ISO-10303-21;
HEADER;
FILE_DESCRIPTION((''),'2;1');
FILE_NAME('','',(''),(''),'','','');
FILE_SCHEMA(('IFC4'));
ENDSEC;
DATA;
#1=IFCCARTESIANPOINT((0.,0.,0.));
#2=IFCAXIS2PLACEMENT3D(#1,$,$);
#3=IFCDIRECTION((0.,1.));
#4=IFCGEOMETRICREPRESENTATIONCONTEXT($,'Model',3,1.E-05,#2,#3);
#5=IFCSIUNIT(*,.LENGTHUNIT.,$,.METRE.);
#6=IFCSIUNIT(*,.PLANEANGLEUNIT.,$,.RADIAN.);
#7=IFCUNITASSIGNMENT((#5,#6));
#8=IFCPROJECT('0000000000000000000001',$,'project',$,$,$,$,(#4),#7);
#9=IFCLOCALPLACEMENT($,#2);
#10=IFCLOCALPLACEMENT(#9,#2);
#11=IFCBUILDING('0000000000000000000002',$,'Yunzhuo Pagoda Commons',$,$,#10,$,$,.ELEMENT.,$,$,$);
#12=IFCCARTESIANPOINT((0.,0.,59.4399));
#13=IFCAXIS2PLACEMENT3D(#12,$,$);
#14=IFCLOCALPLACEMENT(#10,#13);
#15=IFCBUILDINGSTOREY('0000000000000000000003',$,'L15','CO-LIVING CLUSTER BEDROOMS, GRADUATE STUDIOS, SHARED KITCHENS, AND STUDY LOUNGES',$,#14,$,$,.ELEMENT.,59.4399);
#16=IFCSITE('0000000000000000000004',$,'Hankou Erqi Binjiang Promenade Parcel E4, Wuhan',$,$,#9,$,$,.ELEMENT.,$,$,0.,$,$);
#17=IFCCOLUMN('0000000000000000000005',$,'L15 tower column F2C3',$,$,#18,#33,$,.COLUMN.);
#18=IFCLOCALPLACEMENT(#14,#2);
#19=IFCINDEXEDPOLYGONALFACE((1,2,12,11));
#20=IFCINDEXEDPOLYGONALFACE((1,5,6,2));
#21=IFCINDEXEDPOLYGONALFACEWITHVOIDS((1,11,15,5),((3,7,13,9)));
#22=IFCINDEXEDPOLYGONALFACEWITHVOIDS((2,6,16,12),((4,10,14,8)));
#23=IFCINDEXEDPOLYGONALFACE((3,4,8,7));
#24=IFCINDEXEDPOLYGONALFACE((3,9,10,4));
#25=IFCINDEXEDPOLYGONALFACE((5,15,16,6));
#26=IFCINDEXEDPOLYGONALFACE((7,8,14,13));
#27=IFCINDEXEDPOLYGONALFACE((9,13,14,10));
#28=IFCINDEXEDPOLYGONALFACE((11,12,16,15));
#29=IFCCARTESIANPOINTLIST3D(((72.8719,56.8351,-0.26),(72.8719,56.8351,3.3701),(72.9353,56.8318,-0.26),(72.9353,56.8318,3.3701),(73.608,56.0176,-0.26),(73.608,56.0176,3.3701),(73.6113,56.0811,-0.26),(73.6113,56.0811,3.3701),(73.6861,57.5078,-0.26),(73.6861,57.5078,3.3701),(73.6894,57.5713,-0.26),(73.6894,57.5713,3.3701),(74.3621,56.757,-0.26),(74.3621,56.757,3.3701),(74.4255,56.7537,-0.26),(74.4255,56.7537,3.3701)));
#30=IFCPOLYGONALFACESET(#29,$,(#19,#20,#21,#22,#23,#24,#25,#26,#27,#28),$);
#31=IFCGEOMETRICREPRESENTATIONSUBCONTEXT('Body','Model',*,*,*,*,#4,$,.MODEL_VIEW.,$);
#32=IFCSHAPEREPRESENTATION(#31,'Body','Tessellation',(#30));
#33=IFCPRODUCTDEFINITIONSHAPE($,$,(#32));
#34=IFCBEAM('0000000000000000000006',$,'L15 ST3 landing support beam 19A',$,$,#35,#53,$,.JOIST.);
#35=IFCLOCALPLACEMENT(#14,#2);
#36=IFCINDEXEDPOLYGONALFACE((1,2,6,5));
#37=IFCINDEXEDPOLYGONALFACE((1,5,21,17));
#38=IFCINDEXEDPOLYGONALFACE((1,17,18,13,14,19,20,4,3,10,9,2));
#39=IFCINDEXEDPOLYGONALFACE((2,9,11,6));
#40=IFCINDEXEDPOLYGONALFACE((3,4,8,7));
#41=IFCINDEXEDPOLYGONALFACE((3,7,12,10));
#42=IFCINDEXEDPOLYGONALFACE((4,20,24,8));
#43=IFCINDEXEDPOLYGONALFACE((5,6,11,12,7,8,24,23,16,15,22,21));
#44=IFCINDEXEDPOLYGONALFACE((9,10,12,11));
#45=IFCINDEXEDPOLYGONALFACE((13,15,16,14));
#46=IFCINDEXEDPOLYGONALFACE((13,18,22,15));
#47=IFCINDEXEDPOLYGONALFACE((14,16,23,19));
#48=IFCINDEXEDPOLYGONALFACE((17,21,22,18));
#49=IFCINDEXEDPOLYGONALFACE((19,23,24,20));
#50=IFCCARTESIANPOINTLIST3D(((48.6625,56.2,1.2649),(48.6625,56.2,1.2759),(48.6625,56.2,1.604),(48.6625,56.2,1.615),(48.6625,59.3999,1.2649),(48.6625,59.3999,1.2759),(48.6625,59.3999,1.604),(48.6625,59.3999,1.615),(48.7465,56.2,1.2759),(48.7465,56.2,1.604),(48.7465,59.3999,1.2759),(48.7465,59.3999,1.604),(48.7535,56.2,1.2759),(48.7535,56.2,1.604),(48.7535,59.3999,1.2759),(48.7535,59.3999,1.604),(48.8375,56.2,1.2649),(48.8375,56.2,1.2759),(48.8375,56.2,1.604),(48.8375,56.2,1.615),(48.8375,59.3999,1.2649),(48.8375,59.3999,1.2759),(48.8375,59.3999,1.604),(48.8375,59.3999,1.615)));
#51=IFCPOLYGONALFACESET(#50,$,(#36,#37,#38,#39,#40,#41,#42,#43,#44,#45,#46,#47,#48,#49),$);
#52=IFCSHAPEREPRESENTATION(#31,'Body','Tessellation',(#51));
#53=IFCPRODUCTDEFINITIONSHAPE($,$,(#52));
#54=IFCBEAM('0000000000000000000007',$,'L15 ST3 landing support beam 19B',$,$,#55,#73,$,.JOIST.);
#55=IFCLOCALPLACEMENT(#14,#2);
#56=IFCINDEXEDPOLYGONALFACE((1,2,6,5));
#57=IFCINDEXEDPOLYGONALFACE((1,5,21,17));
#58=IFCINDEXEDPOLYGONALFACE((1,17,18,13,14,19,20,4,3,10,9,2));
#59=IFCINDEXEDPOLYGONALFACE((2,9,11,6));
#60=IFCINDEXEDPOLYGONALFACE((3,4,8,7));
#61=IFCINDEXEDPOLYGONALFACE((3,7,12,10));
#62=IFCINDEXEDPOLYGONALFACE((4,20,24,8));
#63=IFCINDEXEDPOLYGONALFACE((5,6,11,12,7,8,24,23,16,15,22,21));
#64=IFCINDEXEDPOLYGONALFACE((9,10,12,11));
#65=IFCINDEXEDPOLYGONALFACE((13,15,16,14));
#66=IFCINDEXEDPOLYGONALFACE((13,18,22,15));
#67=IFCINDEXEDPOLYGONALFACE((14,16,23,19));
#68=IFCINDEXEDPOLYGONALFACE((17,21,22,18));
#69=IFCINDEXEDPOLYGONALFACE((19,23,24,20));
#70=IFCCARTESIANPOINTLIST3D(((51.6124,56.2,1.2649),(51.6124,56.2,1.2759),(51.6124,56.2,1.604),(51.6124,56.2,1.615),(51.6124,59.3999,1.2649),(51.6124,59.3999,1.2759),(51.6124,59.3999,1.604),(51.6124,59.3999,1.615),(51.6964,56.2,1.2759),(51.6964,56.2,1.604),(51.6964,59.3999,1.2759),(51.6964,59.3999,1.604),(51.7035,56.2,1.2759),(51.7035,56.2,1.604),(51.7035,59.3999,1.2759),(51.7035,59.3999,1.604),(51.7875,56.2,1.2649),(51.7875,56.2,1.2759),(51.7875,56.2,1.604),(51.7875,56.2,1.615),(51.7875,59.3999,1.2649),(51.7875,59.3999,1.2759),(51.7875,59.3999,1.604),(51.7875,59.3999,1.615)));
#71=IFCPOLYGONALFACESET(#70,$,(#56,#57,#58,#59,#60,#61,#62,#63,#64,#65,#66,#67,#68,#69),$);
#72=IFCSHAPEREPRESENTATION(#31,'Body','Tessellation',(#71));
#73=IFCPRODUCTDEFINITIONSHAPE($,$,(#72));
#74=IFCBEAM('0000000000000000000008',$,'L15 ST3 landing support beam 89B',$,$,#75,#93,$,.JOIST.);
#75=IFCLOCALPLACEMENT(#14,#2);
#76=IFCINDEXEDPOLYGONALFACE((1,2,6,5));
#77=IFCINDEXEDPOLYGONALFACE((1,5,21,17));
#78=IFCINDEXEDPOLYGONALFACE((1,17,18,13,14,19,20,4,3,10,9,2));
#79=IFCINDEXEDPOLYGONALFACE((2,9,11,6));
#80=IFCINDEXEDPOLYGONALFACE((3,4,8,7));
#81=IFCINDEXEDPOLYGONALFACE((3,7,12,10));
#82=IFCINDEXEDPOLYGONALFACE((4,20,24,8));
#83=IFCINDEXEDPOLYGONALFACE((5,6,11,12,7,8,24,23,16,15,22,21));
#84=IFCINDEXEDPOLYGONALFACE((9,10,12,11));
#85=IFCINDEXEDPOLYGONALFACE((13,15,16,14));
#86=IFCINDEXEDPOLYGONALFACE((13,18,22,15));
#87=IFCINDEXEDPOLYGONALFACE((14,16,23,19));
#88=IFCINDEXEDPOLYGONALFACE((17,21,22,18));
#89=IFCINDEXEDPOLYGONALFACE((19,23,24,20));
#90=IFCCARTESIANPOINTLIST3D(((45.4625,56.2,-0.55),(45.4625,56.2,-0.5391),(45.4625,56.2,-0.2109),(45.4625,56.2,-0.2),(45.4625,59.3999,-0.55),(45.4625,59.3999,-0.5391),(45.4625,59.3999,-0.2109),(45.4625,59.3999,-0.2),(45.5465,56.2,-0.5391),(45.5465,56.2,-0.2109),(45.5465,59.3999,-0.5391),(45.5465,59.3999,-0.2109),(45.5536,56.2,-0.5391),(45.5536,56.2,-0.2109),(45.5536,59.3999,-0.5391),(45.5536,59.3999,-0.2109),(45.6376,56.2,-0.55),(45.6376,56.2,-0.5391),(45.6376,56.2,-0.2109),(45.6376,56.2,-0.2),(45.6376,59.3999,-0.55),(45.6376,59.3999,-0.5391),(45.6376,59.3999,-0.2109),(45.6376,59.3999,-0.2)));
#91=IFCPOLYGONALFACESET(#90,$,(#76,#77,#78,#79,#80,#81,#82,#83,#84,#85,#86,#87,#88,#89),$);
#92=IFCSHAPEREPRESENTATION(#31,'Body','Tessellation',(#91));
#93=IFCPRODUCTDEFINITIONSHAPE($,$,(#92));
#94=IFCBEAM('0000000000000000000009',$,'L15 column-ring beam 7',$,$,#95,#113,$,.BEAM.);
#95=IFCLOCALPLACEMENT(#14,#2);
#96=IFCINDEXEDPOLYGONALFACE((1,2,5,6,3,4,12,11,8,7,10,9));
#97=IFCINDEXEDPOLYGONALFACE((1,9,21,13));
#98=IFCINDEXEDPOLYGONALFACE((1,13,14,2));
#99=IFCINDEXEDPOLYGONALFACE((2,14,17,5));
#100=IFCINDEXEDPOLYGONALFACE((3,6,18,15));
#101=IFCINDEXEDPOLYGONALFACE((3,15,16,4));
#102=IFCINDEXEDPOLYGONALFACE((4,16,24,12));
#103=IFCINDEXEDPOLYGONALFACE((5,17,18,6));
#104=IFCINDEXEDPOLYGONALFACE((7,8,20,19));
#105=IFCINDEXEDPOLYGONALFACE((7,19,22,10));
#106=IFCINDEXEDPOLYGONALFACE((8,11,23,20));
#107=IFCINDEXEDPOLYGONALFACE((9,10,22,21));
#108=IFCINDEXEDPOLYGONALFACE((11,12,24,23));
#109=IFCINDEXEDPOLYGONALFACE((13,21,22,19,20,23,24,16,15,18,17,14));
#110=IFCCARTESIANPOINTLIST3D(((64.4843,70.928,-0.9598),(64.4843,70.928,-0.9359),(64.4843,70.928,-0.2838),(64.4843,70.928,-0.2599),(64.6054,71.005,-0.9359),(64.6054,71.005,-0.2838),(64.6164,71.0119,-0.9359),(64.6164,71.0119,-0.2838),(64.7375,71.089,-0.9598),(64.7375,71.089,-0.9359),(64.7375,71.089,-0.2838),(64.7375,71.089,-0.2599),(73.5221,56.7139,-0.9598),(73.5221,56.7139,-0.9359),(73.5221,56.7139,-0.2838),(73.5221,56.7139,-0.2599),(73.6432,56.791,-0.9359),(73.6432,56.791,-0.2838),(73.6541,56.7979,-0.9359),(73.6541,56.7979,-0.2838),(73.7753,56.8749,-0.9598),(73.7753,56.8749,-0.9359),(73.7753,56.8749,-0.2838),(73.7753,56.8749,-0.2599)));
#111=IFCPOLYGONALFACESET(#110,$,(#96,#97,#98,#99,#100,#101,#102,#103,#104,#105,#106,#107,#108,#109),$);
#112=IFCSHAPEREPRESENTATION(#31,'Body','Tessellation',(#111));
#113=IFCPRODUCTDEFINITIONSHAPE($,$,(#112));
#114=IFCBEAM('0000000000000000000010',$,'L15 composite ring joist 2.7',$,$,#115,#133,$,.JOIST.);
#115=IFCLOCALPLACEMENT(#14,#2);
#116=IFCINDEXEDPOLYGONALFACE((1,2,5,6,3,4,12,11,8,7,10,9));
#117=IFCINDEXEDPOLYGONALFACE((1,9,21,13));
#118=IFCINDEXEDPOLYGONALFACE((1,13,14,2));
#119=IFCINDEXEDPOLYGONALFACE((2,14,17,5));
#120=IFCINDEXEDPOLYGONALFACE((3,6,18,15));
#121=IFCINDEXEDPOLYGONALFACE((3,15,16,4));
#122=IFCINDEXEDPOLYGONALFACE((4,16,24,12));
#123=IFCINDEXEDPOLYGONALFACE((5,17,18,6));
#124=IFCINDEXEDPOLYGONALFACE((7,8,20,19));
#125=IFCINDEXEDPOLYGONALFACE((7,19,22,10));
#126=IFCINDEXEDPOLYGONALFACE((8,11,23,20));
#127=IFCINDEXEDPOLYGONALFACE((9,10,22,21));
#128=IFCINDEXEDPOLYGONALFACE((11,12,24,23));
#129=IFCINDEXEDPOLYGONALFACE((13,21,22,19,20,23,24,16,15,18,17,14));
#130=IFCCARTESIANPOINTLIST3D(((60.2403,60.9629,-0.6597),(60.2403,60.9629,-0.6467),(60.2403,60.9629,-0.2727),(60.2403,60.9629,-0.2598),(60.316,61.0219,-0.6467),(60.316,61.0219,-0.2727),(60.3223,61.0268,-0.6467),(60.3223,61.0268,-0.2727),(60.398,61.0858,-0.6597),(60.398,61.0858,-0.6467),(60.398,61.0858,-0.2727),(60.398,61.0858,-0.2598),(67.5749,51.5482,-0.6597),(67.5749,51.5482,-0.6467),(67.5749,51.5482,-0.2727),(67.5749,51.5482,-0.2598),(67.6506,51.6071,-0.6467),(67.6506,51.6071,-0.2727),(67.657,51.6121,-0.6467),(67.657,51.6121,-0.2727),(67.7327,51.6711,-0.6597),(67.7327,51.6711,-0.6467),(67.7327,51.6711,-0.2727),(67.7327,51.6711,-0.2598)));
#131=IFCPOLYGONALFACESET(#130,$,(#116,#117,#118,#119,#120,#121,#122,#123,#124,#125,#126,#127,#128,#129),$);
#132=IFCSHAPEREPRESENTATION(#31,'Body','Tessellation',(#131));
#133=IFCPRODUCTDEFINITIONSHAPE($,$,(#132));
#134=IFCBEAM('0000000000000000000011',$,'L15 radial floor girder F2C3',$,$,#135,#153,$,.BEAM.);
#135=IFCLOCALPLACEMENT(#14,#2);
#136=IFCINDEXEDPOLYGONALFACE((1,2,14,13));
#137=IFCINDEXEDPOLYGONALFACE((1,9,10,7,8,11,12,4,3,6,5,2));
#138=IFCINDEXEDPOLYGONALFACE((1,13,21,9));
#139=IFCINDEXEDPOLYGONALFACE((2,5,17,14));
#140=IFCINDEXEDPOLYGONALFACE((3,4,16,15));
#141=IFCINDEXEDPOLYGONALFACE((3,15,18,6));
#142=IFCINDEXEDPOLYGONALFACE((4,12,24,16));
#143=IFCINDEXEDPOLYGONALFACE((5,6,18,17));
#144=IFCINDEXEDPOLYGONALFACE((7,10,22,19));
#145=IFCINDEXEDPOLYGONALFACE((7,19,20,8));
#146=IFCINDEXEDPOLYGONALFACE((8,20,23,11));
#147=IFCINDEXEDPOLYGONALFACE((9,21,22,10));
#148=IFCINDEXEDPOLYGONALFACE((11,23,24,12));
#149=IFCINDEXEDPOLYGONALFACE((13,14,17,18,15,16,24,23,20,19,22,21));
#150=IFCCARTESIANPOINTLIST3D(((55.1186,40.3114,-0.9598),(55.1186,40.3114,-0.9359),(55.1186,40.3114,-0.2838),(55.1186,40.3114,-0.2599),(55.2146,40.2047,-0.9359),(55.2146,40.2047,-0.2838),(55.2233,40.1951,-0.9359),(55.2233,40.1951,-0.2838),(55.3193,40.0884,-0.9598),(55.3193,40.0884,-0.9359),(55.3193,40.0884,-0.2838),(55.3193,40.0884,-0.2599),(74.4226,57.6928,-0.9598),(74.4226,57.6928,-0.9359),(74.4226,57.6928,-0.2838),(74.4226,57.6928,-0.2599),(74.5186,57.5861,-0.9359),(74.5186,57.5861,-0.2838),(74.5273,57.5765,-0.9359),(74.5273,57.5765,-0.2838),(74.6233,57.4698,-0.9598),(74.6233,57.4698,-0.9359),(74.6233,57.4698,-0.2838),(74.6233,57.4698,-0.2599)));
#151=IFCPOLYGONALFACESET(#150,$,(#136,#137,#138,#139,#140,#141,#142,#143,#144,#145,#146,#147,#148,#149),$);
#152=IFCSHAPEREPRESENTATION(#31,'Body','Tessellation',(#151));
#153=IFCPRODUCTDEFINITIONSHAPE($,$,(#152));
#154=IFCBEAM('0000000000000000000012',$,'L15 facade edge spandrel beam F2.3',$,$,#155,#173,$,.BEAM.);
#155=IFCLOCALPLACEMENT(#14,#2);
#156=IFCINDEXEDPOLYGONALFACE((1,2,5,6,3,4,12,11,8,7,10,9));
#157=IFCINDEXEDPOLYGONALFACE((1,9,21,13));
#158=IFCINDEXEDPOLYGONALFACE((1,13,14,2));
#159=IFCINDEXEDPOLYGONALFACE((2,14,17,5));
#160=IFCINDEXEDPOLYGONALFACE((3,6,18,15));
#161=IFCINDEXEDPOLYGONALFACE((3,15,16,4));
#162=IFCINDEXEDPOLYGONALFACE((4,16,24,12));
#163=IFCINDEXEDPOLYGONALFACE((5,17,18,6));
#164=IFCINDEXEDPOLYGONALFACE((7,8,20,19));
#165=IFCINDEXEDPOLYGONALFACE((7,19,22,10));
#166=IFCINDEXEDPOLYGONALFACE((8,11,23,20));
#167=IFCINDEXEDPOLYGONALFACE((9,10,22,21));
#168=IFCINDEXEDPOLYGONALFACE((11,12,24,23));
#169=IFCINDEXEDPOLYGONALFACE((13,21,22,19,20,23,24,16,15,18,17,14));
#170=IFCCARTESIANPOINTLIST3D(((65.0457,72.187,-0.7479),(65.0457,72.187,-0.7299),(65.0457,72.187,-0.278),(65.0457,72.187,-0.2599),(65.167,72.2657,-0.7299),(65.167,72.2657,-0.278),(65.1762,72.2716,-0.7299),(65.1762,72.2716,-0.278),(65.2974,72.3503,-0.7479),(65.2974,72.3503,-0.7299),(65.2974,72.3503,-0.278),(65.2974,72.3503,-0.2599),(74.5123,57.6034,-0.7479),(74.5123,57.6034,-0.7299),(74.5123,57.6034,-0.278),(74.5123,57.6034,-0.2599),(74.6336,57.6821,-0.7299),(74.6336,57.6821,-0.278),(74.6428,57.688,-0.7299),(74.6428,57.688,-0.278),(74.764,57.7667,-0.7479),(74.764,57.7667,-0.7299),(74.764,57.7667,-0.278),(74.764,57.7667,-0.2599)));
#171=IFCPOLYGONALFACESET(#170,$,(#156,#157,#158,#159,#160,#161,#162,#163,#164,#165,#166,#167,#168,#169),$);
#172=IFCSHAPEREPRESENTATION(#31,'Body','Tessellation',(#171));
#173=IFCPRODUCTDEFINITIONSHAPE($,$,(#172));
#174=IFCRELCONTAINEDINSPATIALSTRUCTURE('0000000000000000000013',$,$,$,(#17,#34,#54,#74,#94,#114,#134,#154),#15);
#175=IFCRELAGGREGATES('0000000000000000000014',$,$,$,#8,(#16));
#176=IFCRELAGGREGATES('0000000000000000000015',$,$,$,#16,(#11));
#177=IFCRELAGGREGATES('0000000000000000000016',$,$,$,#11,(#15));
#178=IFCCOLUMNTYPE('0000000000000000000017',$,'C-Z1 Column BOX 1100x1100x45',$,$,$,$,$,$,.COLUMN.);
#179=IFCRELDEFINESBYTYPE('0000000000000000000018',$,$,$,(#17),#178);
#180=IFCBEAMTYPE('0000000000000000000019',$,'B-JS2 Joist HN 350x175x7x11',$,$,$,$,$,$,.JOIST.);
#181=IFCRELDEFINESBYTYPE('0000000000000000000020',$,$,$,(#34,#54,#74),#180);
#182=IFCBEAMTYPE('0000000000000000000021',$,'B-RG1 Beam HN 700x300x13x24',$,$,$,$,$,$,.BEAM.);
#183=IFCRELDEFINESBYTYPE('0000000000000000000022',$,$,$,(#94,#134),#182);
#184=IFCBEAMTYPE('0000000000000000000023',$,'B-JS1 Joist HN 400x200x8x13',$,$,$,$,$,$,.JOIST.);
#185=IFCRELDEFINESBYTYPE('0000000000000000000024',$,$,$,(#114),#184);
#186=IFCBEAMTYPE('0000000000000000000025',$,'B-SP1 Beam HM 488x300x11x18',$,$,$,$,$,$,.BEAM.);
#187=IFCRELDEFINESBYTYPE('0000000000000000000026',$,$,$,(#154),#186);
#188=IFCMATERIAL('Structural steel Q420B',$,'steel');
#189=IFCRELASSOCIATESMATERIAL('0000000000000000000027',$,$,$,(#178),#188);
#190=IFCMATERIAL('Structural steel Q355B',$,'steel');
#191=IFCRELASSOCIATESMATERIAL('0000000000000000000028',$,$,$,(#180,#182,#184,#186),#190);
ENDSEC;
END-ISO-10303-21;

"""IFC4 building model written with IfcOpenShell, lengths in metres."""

from ifc_helpers import new_model, si_unit, direction, frame, origin, origin_2d, place, context, subcontext, project, spatial, hollow_rectangle, i_section, extrude, source, transform, mapped, material, material_profile, profile_set, type_object, element, save


model = new_model("IFC4")

# Units and contexts
model_context = context("Model", 3, precision=1e-05, world=origin(), true_north=direction((0.0, 1.0)))
body_context = subcontext(model_context, "Body", "Model", "MODEL_VIEW")
ifc_project = project(units=[si_unit("LENGTHUNIT", "METRE"), si_unit("PLANEANGLEUNIT", "RADIAN")], contexts=[model_context])

# Site, building, storey
site_placement = place(None, origin())
site = spatial("IfcSite", under=ifc_project, at=site_placement, Name="Hankou Erqi Binjiang Promenade Parcel E4, Wuhan", CompositionType="ELEMENT", RefElevation=0.0)
building_placement = place(site_placement, origin())
building = spatial("IfcBuilding", under=site, at=building_placement, Name="Yunzhuo Pagoda Commons", CompositionType="ELEMENT")
storey_placement = place(building_placement, frame((0.0, 0.0, 59.4399)))
storey = spatial("IfcBuildingStorey", under=building, at=storey_placement, Name="L15", Description="CO-LIVING CLUSTER BEDROOMS, GRADUATE STUDIOS, SHARED KITCHENS, AND STUDY LOUNGES", CompositionType="ELEMENT", Elevation=59.4399)

# Column
ifc_material_1 = material(Name="Structural steel Q420B", Category="steel")
ifc_material_profile_1 = material_profile(ifc_material_1, hollow_rectangle(XDim=1.1001, YDim=1.1001, WallThickness=0.0449, at=origin_2d()), Name="Structural steel Q420B")
ifc_profile_set_1 = profile_set([ifc_material_profile_1], Name="Structural steel Q420B")
column_type = type_object("IfcColumnType", Name="C-Z1 Column BOX 1100x1100x45", PredefinedType="COLUMN", material=ifc_profile_set_1)
shared_shape_1 = source(origin(), body_context, "Body", "SweptSolid", [
    extrude(hollow_rectangle(XDim=1.1001, YDim=1.1001, WallThickness=0.0449, at=origin_2d()), origin(), (0.0, 0.0, 1.0), 3.6301),
])
column_placement = place(storey_placement, frame((73.6487, 56.7944, -0.26), z_axis=(0.0, 0.0, 1.0), x_axis=(-0.669131, 0.743145, 0.0)))
element("IfcColumn", 1, at=column_placement, inside=storey, type_object=column_type, Name="L15 tower column F2C3", PredefinedType="COLUMN", context=body_context, shape_type="MappedRepresentation", body=[
    mapped(shared_shape_1, transform((0.0, 0.0, 0.0), scale=1.0)),
])

# Beams
ifc_material_2 = material(Name="Structural steel Q355B", Category="steel")
ifc_material_profile_2 = material_profile(ifc_material_2, i_section(OverallWidth=0.175, OverallDepth=0.3501, WebThickness=0.0071, FlangeThickness=0.011, at=origin_2d()), Name="Structural steel Q355B")
ifc_profile_set_2 = profile_set([ifc_material_profile_2], Name="Structural steel Q355B")
beam_type_1 = type_object("IfcBeamType", Name="B-JS2 Joist HN 350x175x7x11", PredefinedType="JOIST", material=ifc_profile_set_2)
shared_shape_2 = source(origin(), body_context, "Body", "SweptSolid", [
    extrude(i_section(OverallWidth=0.175, OverallDepth=0.3501, WebThickness=0.0071, FlangeThickness=0.011, at=origin_2d()), origin(), (0.0, 0.0, 1.0), 3.2),
])
for number, where, z_axis, x_axis, name in (
    (2, (48.75, 56.2, 1.4399), (0.0, 1.0, 0.0), (-1.0, 0.0, 0.0), "L15 ST3 landing support beam 19A"),
    (3, (51.7, 56.2, 1.4399), (0.0, 1.0, 0.0), (-1.0, 0.0, 0.0), "L15 ST3 landing support beam 19B"),
    (4, (45.55, 56.2, -0.375), (0.0, 1.0, 0.0), (-1.0, 0.0, 0.0), "L15 ST3 landing support beam 89B"),
):
    element("IfcBeam", number, at=place(storey_placement, frame(where, z_axis=z_axis, x_axis=x_axis)), inside=storey, type_object=beam_type_1, Name=name, PredefinedType="JOIST", context=body_context, shape_type="MappedRepresentation", body=[
        mapped(shared_shape_2, transform((0.0, 0.0, 0.0), scale=1.0)),
    ])
ifc_material_profile_3 = material_profile(ifc_material_2, i_section(OverallWidth=0.3, OverallDepth=0.7, WebThickness=0.0129, FlangeThickness=0.0239, at=origin_2d()), Name="Structural steel Q355B")
ifc_profile_set_3 = profile_set([ifc_material_profile_3], Name="Structural steel Q355B")
beam_type_2 = type_object("IfcBeamType", Name="B-RG1 Beam HN 700x300x13x24", PredefinedType="BEAM", material=ifc_profile_set_3)
shared_shape_3 = source(origin(), body_context, "Body", "SweptSolid", [
    extrude(i_section(OverallWidth=0.3, OverallDepth=0.7, WebThickness=0.0129, FlangeThickness=0.0239, at=origin_2d()), origin(), (0.0, 0.0, 1.0), 16.844),
])
beam_1_placement = place(storey_placement, frame((73.6487, 56.7944, -0.6099), z_axis=(-0.536558, 0.843863, 0.0), x_axis=(-0.843863, -0.536558, 0.0)))
element("IfcBeam", 5, at=beam_1_placement, inside=storey, type_object=beam_type_2, Name="L15 column-ring beam 7", PredefinedType="BEAM", context=body_context, shape_type="MappedRepresentation", body=[
    mapped(shared_shape_3, transform((0.0, 0.0, 0.0), scale=1.0)),
])
ifc_material_profile_4 = material_profile(ifc_material_2, i_section(OverallWidth=0.2, OverallDepth=0.3999, WebThickness=0.0081, FlangeThickness=0.0129, at=origin_2d()), Name="Structural steel Q355B")
ifc_profile_set_4 = profile_set([ifc_material_profile_4], Name="Structural steel Q355B")
beam_type_3 = type_object("IfcBeamType", Name="B-JS1 Joist HN 400x200x8x13", PredefinedType="JOIST", material=ifc_profile_set_4)
shared_shape_4 = source(origin(), body_context, "Body", "SweptSolid", [
    extrude(i_section(OverallWidth=0.2, OverallDepth=0.3999, WebThickness=0.0081, FlangeThickness=0.0129, at=origin_2d()), origin(), (0.0, 0.0, 1.0), 11.9346),
])
beam_2_placement = place(storey_placement, frame((67.6538, 51.6096, -0.4597), z_axis=(-0.614572, 0.788861, 0.0), x_axis=(-0.788861, -0.614572, 0.0)))
element("IfcBeam", 6, at=beam_2_placement, inside=storey, type_object=beam_type_3, Name="L15 composite ring joist 2.7", PredefinedType="JOIST", context=body_context, shape_type="MappedRepresentation", body=[
    mapped(shared_shape_4, transform((0.0, 0.0, 0.0), scale=1.0)),
])
shared_shape_5 = source(origin(), body_context, "Body", "SweptSolid", [
    extrude(i_section(OverallWidth=0.3, OverallDepth=0.7, WebThickness=0.0129, FlangeThickness=0.0239, at=origin_2d()), origin(), (0.0, 0.0, 1.0), 25.9761),
])
beam_3_placement = place(storey_placement, frame((74.5229, 57.5813, -0.6099), z_axis=(-0.743145, -0.66913, 0.0), x_axis=(0.66913, -0.743145, 0.0)))
element("IfcBeam", 7, at=beam_3_placement, inside=storey, type_object=beam_type_2, Name="L15 radial floor girder F2C3", PredefinedType="BEAM", context=body_context, shape_type="MappedRepresentation", body=[
    mapped(shared_shape_5, transform((0.0, 0.0, 0.0), scale=1.0)),
])
ifc_material_profile_5 = material_profile(ifc_material_2, i_section(OverallWidth=0.3, OverallDepth=0.488, WebThickness=0.011, FlangeThickness=0.0181, at=origin_2d()), Name="Structural steel Q355B")
ifc_profile_set_5 = profile_set([ifc_material_profile_5], Name="Structural steel Q355B")
beam_type_4 = type_object("IfcBeamType", Name="B-SP1 Beam HM 488x300x11x18", PredefinedType="BEAM", material=ifc_profile_set_5)
shared_shape_6 = source(origin(), body_context, "Body", "SweptSolid", [
    extrude(i_section(OverallWidth=0.3, OverallDepth=0.488, WebThickness=0.011, FlangeThickness=0.0181, at=origin_2d()), origin(), (0.0, 0.0, 1.0), 17.3867),
])
beam_4_placement = place(storey_placement, frame((74.6382, 57.6851, -0.5039), z_axis=(-0.544474, 0.838778, 0.0), x_axis=(-0.838778, -0.544474, 0.0)))
element("IfcBeam", 8, at=beam_4_placement, inside=storey, type_object=beam_type_4, Name="L15 facade edge spandrel beam F2.3", PredefinedType="BEAM", context=body_context, shape_type="MappedRepresentation", body=[
    mapped(shared_shape_6, transform((0.0, 0.0, 0.0), scale=1.0)),
])

save(model, "model.ifc")
